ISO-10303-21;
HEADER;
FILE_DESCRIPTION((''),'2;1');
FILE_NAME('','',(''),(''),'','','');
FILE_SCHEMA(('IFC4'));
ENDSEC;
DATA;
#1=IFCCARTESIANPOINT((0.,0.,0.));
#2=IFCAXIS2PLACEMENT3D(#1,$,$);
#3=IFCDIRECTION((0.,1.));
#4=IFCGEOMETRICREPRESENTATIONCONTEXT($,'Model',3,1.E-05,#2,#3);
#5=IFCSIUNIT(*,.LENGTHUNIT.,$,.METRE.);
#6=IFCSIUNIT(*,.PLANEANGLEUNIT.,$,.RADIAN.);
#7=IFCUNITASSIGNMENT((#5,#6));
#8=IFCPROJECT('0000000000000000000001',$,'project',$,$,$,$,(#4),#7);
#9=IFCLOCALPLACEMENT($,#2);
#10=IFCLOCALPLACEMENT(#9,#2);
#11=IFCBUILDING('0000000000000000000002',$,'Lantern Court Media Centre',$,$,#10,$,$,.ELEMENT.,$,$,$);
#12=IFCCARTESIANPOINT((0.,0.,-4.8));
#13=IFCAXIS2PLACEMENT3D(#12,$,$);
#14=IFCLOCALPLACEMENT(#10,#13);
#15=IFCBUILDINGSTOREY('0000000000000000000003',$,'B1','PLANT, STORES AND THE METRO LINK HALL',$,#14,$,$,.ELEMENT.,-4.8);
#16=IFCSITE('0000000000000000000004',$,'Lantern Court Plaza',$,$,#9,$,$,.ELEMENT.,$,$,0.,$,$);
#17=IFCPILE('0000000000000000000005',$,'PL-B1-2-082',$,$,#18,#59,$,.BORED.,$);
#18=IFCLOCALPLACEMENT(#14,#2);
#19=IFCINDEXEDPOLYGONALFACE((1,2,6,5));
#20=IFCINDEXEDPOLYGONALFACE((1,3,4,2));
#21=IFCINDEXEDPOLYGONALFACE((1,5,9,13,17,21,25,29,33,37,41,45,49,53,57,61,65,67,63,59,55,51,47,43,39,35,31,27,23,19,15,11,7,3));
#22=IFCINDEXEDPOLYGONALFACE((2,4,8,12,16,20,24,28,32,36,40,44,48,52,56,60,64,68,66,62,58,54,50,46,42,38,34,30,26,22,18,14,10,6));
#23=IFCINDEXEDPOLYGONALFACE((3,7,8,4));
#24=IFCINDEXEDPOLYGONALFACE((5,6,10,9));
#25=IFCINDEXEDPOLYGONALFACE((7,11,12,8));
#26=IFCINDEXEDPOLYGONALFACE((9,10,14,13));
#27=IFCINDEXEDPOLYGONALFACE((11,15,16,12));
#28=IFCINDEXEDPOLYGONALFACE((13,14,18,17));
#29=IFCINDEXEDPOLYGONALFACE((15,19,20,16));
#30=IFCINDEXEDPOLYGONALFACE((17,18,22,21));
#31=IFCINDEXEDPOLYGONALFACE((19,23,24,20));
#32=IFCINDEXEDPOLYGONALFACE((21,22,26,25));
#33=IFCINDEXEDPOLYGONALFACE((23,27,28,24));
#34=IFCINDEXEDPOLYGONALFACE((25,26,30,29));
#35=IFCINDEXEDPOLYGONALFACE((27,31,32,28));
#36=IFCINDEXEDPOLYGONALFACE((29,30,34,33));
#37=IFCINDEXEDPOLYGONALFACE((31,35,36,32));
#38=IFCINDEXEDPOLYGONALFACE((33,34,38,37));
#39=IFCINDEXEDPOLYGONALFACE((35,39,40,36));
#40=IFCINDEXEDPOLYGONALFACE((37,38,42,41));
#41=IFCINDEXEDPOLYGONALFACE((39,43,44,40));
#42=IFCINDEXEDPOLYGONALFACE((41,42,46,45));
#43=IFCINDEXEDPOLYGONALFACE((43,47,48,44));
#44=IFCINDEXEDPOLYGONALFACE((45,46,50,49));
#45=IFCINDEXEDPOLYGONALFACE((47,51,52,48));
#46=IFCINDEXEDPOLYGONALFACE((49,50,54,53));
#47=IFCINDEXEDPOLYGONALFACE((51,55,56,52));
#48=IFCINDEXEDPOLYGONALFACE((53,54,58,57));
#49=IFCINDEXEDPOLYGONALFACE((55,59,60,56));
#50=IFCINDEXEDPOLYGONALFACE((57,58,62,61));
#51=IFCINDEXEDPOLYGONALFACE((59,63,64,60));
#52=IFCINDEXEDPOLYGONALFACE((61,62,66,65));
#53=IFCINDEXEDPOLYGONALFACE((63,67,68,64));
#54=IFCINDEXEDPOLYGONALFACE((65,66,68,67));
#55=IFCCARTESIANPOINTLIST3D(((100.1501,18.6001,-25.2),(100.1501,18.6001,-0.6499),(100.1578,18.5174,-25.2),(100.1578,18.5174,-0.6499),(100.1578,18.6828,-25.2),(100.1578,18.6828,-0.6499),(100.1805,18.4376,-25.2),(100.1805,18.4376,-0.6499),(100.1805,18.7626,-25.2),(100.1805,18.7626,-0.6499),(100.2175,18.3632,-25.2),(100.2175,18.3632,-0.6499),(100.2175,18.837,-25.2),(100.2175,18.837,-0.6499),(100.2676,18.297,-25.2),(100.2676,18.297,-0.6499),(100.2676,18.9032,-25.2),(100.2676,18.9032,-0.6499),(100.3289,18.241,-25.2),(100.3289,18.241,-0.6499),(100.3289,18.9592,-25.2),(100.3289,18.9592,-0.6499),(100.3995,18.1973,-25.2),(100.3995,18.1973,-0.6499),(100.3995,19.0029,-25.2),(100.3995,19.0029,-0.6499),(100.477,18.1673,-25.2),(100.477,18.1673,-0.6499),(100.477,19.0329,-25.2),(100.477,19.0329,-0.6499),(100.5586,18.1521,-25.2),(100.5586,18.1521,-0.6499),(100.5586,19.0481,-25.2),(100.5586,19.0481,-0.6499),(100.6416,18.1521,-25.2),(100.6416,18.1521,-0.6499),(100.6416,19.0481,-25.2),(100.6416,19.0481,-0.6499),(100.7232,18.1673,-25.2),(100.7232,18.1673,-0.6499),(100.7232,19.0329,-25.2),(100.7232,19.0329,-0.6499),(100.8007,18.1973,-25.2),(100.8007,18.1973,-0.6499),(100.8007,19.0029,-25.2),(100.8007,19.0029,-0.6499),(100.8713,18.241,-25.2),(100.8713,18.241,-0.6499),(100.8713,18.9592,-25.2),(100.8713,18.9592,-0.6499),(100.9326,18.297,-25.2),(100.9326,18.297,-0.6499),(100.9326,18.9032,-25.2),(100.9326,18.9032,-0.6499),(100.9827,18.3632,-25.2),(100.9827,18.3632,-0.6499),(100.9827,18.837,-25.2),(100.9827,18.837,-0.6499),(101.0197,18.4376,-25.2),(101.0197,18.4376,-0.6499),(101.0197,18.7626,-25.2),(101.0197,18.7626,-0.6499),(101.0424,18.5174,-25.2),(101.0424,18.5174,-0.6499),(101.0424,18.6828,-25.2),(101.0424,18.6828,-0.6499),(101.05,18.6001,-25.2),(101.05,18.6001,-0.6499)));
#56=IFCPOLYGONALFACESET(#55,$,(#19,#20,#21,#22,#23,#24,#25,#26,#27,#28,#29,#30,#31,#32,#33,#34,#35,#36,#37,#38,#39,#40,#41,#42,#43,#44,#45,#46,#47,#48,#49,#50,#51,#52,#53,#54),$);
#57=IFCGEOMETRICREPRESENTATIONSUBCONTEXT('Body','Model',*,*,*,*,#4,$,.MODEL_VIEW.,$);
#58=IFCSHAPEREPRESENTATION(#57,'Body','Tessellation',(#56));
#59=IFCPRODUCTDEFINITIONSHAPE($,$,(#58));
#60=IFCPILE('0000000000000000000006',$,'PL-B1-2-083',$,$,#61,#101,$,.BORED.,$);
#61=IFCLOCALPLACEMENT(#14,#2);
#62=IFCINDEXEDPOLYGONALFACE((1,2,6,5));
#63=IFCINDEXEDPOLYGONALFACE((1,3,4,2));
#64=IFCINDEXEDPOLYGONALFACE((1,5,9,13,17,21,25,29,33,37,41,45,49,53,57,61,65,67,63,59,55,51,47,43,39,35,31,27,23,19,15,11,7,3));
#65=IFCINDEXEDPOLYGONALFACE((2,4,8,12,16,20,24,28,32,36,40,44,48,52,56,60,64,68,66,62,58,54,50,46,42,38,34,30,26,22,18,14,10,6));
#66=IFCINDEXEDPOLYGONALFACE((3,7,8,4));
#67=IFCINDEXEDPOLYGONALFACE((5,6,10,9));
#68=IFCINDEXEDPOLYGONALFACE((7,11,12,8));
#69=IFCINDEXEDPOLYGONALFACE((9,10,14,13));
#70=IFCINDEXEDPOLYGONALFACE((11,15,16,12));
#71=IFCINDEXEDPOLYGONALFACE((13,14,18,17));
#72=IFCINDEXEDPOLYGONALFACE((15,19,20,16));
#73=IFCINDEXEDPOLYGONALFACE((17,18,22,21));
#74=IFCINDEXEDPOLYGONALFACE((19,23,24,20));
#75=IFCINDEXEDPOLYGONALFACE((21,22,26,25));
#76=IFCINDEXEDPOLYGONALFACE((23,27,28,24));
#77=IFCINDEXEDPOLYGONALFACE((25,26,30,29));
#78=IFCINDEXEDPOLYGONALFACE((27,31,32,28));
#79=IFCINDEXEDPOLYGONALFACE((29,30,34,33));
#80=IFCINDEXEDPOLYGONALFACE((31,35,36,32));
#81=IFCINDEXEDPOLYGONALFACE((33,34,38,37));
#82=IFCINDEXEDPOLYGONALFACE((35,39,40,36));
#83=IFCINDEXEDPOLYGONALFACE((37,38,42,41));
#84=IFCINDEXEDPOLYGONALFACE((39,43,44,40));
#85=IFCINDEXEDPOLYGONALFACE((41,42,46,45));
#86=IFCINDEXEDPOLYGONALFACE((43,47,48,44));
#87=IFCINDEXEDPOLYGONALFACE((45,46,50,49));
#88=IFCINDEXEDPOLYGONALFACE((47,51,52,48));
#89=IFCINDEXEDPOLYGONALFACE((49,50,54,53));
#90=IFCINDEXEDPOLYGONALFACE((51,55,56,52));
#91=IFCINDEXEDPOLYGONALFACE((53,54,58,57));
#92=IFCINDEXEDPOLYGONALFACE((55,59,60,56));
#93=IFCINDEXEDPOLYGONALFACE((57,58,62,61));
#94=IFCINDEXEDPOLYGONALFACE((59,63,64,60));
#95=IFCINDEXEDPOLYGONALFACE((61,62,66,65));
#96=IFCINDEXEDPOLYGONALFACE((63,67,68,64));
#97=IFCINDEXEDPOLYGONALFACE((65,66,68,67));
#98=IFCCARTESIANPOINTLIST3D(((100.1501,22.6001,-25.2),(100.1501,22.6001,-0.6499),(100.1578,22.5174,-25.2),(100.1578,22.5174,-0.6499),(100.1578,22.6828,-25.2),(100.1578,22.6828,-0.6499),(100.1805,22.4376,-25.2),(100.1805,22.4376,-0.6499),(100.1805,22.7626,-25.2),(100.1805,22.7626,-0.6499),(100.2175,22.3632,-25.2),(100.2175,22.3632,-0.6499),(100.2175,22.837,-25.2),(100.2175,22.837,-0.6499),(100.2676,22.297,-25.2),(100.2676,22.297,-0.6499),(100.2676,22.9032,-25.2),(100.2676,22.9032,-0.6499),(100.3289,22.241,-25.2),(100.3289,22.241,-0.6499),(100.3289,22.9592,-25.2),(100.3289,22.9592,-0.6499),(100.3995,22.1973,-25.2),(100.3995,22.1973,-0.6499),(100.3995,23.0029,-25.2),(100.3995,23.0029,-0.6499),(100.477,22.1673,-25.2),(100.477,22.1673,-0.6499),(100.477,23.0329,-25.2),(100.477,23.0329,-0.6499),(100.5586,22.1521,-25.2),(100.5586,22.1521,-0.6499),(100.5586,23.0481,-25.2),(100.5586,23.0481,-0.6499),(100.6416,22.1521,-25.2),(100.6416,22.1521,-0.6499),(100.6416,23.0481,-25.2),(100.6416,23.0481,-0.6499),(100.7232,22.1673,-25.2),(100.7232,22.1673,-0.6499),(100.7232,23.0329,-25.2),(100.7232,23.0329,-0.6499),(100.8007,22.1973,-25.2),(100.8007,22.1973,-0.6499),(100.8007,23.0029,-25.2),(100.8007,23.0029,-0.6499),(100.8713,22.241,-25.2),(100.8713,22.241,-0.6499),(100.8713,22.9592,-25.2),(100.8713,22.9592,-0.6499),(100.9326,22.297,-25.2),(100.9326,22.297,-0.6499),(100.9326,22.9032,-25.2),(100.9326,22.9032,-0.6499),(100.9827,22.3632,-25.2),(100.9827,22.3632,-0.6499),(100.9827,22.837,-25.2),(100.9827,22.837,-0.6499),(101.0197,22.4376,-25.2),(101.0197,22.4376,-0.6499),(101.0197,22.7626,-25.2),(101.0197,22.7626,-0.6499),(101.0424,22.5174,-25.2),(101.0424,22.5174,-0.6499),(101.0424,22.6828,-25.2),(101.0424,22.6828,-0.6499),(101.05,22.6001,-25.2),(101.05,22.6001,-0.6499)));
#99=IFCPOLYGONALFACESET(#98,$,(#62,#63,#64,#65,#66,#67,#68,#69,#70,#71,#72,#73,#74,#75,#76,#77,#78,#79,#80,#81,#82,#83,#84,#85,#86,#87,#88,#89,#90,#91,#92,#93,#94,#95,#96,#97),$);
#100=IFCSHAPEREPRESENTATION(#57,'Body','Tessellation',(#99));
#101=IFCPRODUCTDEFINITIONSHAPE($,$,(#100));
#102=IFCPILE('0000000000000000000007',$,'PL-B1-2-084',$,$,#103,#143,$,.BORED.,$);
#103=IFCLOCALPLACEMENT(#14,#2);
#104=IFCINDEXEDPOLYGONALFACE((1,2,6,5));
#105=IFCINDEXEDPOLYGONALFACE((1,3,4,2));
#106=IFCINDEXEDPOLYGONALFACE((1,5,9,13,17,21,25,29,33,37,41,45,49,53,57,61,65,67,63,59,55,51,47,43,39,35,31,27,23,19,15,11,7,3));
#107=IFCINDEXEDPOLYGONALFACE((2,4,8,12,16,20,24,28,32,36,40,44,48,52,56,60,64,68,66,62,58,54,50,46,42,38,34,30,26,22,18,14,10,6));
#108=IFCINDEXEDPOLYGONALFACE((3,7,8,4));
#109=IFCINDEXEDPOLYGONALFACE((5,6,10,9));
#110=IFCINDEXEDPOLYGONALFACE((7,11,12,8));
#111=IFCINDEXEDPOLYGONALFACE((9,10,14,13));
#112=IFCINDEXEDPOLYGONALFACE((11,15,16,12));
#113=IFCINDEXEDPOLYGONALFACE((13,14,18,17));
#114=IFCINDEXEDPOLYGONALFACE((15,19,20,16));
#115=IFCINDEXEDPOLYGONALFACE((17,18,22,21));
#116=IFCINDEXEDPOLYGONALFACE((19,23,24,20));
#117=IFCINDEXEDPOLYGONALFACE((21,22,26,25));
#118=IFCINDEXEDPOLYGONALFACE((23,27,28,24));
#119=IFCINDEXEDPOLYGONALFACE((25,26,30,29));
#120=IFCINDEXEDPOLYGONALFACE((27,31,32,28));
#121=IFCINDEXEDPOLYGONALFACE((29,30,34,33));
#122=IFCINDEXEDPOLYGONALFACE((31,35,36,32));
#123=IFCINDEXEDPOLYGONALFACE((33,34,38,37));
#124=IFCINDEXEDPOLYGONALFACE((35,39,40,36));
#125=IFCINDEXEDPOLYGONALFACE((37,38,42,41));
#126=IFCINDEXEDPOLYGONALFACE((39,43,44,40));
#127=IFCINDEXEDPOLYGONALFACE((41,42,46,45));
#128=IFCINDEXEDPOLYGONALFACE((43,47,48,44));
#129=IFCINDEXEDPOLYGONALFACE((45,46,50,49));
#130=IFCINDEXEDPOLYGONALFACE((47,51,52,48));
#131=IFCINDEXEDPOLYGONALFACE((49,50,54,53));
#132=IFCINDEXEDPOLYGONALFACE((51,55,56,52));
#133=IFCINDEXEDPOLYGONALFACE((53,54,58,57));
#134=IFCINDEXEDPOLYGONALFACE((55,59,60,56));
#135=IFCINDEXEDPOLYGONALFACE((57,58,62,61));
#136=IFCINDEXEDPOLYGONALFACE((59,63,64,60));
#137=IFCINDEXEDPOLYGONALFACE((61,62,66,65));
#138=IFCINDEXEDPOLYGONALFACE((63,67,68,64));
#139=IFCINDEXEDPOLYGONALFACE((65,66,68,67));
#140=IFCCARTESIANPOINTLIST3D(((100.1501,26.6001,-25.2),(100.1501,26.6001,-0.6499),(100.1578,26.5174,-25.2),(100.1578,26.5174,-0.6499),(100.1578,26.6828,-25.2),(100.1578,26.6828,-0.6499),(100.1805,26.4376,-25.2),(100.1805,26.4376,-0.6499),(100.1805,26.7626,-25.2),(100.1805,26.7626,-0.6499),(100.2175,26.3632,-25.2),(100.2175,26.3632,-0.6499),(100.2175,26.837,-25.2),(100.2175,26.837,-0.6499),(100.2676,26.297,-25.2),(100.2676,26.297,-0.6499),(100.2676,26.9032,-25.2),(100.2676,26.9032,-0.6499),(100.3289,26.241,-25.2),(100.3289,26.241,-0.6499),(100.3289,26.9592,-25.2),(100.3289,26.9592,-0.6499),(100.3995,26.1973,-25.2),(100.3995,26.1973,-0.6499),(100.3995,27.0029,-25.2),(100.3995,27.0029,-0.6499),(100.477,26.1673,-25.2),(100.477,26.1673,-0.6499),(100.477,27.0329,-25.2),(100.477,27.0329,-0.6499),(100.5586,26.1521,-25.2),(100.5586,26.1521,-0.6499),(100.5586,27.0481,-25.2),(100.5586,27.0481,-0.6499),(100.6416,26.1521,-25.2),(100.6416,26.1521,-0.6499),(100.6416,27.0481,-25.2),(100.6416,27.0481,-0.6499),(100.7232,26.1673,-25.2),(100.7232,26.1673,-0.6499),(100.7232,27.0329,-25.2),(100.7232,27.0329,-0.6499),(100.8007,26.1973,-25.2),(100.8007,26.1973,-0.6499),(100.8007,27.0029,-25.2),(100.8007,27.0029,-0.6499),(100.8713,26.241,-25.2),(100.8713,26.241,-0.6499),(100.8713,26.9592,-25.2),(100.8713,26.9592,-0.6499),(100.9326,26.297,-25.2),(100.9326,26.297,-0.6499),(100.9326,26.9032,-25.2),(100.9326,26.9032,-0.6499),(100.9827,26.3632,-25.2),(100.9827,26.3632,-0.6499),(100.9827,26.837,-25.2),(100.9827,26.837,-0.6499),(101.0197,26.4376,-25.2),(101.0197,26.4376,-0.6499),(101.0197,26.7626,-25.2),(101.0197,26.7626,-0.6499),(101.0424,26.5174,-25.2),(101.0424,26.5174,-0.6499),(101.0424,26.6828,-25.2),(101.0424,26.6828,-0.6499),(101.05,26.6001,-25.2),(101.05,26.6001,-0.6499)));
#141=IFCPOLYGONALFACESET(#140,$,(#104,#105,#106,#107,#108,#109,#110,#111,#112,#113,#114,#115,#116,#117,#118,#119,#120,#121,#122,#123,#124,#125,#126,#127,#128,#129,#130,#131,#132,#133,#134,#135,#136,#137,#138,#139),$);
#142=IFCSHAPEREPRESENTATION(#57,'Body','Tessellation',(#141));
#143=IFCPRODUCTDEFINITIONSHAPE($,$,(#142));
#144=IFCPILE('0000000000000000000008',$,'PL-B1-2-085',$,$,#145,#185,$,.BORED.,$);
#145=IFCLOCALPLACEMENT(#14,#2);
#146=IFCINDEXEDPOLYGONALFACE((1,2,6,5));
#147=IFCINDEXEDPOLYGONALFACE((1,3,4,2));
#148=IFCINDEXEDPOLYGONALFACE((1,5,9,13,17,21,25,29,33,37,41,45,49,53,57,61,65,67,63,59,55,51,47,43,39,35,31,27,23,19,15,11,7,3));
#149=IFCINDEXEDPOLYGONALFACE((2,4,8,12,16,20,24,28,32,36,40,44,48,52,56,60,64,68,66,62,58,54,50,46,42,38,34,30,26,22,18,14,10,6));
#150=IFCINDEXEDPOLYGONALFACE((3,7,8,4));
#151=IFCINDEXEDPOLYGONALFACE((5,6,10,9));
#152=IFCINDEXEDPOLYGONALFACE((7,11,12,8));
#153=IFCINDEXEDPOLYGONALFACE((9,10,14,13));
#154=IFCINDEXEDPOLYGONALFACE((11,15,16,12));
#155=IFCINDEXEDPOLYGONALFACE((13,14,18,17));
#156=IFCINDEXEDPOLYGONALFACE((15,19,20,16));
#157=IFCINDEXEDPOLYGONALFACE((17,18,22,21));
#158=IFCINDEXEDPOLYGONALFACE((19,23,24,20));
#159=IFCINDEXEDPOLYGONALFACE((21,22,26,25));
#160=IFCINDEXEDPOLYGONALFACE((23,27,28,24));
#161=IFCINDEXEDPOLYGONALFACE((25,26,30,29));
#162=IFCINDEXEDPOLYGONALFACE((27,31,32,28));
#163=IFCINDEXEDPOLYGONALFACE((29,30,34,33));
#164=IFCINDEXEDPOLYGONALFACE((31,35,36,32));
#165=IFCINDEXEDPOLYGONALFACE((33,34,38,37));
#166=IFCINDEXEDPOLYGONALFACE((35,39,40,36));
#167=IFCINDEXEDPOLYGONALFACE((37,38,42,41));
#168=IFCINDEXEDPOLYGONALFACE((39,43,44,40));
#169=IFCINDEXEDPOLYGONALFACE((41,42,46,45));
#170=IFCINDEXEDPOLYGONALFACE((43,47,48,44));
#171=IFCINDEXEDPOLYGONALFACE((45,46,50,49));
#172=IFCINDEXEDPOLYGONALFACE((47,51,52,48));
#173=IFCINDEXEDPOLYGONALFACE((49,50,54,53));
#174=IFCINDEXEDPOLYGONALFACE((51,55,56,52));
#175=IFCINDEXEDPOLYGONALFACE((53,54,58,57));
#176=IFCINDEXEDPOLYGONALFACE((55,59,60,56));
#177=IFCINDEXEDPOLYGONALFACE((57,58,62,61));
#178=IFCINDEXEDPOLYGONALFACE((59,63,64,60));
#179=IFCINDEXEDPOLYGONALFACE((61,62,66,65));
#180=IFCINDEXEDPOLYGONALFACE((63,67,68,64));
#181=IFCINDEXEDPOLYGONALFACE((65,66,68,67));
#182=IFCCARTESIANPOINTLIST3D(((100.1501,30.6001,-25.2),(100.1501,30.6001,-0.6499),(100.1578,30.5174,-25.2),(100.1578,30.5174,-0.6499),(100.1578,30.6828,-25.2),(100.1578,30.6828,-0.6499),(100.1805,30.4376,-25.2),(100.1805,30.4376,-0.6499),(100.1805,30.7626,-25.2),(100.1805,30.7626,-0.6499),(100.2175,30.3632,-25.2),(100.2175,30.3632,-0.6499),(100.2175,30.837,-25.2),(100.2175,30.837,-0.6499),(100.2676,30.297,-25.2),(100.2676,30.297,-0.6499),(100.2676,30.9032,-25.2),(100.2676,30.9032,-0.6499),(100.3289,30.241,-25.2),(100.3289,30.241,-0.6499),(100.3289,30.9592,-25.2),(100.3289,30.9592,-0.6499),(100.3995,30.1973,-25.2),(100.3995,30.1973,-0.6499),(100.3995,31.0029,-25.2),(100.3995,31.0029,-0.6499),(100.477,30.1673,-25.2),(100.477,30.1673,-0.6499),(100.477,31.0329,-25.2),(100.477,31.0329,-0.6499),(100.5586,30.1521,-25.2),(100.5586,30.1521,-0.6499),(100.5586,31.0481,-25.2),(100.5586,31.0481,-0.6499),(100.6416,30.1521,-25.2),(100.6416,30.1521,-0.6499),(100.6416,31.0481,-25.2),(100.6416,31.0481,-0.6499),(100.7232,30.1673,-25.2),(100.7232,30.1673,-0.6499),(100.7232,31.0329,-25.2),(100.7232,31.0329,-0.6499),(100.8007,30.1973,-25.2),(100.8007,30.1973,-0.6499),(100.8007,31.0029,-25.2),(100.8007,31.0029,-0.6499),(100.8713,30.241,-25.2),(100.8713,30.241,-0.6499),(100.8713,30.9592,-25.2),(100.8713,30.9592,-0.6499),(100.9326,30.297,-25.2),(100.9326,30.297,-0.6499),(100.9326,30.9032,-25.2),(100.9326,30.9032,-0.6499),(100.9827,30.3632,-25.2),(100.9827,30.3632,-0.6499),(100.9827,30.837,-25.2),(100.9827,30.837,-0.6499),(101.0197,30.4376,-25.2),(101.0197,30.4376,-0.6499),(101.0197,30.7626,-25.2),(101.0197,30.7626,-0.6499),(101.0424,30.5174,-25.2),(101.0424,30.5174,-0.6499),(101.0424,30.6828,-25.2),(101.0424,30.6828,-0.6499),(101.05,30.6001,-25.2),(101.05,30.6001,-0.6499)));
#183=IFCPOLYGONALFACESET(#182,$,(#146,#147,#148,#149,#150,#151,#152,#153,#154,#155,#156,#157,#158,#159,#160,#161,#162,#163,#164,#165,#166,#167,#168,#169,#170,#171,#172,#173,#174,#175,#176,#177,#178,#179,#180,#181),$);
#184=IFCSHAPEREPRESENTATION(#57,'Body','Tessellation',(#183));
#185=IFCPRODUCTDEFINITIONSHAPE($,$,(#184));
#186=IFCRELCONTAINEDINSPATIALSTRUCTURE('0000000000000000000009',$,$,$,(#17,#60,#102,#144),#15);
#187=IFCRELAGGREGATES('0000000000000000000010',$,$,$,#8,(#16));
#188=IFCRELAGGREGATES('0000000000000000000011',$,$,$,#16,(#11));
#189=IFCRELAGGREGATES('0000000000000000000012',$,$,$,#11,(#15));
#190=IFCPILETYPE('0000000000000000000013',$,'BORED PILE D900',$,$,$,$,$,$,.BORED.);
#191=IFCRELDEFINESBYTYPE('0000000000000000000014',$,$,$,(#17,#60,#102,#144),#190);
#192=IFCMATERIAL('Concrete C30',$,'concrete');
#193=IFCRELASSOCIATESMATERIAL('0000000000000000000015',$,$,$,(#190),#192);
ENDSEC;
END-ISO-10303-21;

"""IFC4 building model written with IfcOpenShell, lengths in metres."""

from ifc_helpers import new_model, si_unit, direction, frame, origin, origin_2d, place, context, subcontext, project, spatial, circle, extrude, material, material_profile, profile_set, type_object, element, save


model = new_model("IFC4")

# Units and contexts
model_context = context("Model", 3, precision=1e-05, world=origin(), true_north=direction((0.0, 1.0)))
body_context = subcontext(model_context, "Body", "Model", "MODEL_VIEW")
ifc_project = project(units=[si_unit("LENGTHUNIT", "METRE"), si_unit("PLANEANGLEUNIT", "RADIAN")], contexts=[model_context])

# Site, building, storey
site_placement = place(None, origin())
site = spatial("IfcSite", under=ifc_project, at=site_placement, Name="Lantern Court Plaza", CompositionType="ELEMENT", RefElevation=0.0)
building_placement = place(site_placement, origin())
building = spatial("IfcBuilding", under=site, at=building_placement, Name="Lantern Court Media Centre", CompositionType="ELEMENT")
storey_placement = place(building_placement, frame((0.0, 0.0, -4.8)))
storey = spatial("IfcBuildingStorey", under=building, at=storey_placement, Name="B1", Description="PLANT, STORES AND THE METRO LINK HALL", CompositionType="ELEMENT", Elevation=-4.8)

# Piles
ifc_material_1 = material(Name="Concrete C30", Category="concrete")
ifc_material_profile_1 = material_profile(ifc_material_1, circle(Radius=0.45, at=origin_2d()), Name="D900")
ifc_profile_set_1 = profile_set([ifc_material_profile_1], Name="Concrete C30")
pile_type = type_object("IfcPileType", Name="BORED PILE D900", PredefinedType="BORED", material=ifc_profile_set_1)
for number, where, z_axis, x_axis, name in (
    (1, (100.6001, 18.6001, -0.6499), (0.0, 0.0, -1.0), (1.0, 0.0, 0.0), "PL-B1-2-082"),
    (2, (100.6001, 22.6001, -0.6499), (0.0, 0.0, -1.0), (1.0, 0.0, 0.0), "PL-B1-2-083"),
    (3, (100.6001, 26.6001, -0.6499), (0.0, 0.0, -1.0), (1.0, 0.0, 0.0), "PL-B1-2-084"),
    (4, (100.6001, 30.6001, -0.6499), (0.0, 0.0, -1.0), (1.0, 0.0, 0.0), "PL-B1-2-085"),
):
    element("IfcPile", number, at=place(storey_placement, frame(where, z_axis=z_axis, x_axis=x_axis)), inside=storey, type_object=pile_type, Name=name, PredefinedType="BORED", context=body_context, shape_type="SweptSolid", body=[
        extrude(circle(Radius=0.45, at=origin_2d()), origin(), (0.0, 0.0, 1.0), 24.55),
    ])

save(model, "model.ifc")
